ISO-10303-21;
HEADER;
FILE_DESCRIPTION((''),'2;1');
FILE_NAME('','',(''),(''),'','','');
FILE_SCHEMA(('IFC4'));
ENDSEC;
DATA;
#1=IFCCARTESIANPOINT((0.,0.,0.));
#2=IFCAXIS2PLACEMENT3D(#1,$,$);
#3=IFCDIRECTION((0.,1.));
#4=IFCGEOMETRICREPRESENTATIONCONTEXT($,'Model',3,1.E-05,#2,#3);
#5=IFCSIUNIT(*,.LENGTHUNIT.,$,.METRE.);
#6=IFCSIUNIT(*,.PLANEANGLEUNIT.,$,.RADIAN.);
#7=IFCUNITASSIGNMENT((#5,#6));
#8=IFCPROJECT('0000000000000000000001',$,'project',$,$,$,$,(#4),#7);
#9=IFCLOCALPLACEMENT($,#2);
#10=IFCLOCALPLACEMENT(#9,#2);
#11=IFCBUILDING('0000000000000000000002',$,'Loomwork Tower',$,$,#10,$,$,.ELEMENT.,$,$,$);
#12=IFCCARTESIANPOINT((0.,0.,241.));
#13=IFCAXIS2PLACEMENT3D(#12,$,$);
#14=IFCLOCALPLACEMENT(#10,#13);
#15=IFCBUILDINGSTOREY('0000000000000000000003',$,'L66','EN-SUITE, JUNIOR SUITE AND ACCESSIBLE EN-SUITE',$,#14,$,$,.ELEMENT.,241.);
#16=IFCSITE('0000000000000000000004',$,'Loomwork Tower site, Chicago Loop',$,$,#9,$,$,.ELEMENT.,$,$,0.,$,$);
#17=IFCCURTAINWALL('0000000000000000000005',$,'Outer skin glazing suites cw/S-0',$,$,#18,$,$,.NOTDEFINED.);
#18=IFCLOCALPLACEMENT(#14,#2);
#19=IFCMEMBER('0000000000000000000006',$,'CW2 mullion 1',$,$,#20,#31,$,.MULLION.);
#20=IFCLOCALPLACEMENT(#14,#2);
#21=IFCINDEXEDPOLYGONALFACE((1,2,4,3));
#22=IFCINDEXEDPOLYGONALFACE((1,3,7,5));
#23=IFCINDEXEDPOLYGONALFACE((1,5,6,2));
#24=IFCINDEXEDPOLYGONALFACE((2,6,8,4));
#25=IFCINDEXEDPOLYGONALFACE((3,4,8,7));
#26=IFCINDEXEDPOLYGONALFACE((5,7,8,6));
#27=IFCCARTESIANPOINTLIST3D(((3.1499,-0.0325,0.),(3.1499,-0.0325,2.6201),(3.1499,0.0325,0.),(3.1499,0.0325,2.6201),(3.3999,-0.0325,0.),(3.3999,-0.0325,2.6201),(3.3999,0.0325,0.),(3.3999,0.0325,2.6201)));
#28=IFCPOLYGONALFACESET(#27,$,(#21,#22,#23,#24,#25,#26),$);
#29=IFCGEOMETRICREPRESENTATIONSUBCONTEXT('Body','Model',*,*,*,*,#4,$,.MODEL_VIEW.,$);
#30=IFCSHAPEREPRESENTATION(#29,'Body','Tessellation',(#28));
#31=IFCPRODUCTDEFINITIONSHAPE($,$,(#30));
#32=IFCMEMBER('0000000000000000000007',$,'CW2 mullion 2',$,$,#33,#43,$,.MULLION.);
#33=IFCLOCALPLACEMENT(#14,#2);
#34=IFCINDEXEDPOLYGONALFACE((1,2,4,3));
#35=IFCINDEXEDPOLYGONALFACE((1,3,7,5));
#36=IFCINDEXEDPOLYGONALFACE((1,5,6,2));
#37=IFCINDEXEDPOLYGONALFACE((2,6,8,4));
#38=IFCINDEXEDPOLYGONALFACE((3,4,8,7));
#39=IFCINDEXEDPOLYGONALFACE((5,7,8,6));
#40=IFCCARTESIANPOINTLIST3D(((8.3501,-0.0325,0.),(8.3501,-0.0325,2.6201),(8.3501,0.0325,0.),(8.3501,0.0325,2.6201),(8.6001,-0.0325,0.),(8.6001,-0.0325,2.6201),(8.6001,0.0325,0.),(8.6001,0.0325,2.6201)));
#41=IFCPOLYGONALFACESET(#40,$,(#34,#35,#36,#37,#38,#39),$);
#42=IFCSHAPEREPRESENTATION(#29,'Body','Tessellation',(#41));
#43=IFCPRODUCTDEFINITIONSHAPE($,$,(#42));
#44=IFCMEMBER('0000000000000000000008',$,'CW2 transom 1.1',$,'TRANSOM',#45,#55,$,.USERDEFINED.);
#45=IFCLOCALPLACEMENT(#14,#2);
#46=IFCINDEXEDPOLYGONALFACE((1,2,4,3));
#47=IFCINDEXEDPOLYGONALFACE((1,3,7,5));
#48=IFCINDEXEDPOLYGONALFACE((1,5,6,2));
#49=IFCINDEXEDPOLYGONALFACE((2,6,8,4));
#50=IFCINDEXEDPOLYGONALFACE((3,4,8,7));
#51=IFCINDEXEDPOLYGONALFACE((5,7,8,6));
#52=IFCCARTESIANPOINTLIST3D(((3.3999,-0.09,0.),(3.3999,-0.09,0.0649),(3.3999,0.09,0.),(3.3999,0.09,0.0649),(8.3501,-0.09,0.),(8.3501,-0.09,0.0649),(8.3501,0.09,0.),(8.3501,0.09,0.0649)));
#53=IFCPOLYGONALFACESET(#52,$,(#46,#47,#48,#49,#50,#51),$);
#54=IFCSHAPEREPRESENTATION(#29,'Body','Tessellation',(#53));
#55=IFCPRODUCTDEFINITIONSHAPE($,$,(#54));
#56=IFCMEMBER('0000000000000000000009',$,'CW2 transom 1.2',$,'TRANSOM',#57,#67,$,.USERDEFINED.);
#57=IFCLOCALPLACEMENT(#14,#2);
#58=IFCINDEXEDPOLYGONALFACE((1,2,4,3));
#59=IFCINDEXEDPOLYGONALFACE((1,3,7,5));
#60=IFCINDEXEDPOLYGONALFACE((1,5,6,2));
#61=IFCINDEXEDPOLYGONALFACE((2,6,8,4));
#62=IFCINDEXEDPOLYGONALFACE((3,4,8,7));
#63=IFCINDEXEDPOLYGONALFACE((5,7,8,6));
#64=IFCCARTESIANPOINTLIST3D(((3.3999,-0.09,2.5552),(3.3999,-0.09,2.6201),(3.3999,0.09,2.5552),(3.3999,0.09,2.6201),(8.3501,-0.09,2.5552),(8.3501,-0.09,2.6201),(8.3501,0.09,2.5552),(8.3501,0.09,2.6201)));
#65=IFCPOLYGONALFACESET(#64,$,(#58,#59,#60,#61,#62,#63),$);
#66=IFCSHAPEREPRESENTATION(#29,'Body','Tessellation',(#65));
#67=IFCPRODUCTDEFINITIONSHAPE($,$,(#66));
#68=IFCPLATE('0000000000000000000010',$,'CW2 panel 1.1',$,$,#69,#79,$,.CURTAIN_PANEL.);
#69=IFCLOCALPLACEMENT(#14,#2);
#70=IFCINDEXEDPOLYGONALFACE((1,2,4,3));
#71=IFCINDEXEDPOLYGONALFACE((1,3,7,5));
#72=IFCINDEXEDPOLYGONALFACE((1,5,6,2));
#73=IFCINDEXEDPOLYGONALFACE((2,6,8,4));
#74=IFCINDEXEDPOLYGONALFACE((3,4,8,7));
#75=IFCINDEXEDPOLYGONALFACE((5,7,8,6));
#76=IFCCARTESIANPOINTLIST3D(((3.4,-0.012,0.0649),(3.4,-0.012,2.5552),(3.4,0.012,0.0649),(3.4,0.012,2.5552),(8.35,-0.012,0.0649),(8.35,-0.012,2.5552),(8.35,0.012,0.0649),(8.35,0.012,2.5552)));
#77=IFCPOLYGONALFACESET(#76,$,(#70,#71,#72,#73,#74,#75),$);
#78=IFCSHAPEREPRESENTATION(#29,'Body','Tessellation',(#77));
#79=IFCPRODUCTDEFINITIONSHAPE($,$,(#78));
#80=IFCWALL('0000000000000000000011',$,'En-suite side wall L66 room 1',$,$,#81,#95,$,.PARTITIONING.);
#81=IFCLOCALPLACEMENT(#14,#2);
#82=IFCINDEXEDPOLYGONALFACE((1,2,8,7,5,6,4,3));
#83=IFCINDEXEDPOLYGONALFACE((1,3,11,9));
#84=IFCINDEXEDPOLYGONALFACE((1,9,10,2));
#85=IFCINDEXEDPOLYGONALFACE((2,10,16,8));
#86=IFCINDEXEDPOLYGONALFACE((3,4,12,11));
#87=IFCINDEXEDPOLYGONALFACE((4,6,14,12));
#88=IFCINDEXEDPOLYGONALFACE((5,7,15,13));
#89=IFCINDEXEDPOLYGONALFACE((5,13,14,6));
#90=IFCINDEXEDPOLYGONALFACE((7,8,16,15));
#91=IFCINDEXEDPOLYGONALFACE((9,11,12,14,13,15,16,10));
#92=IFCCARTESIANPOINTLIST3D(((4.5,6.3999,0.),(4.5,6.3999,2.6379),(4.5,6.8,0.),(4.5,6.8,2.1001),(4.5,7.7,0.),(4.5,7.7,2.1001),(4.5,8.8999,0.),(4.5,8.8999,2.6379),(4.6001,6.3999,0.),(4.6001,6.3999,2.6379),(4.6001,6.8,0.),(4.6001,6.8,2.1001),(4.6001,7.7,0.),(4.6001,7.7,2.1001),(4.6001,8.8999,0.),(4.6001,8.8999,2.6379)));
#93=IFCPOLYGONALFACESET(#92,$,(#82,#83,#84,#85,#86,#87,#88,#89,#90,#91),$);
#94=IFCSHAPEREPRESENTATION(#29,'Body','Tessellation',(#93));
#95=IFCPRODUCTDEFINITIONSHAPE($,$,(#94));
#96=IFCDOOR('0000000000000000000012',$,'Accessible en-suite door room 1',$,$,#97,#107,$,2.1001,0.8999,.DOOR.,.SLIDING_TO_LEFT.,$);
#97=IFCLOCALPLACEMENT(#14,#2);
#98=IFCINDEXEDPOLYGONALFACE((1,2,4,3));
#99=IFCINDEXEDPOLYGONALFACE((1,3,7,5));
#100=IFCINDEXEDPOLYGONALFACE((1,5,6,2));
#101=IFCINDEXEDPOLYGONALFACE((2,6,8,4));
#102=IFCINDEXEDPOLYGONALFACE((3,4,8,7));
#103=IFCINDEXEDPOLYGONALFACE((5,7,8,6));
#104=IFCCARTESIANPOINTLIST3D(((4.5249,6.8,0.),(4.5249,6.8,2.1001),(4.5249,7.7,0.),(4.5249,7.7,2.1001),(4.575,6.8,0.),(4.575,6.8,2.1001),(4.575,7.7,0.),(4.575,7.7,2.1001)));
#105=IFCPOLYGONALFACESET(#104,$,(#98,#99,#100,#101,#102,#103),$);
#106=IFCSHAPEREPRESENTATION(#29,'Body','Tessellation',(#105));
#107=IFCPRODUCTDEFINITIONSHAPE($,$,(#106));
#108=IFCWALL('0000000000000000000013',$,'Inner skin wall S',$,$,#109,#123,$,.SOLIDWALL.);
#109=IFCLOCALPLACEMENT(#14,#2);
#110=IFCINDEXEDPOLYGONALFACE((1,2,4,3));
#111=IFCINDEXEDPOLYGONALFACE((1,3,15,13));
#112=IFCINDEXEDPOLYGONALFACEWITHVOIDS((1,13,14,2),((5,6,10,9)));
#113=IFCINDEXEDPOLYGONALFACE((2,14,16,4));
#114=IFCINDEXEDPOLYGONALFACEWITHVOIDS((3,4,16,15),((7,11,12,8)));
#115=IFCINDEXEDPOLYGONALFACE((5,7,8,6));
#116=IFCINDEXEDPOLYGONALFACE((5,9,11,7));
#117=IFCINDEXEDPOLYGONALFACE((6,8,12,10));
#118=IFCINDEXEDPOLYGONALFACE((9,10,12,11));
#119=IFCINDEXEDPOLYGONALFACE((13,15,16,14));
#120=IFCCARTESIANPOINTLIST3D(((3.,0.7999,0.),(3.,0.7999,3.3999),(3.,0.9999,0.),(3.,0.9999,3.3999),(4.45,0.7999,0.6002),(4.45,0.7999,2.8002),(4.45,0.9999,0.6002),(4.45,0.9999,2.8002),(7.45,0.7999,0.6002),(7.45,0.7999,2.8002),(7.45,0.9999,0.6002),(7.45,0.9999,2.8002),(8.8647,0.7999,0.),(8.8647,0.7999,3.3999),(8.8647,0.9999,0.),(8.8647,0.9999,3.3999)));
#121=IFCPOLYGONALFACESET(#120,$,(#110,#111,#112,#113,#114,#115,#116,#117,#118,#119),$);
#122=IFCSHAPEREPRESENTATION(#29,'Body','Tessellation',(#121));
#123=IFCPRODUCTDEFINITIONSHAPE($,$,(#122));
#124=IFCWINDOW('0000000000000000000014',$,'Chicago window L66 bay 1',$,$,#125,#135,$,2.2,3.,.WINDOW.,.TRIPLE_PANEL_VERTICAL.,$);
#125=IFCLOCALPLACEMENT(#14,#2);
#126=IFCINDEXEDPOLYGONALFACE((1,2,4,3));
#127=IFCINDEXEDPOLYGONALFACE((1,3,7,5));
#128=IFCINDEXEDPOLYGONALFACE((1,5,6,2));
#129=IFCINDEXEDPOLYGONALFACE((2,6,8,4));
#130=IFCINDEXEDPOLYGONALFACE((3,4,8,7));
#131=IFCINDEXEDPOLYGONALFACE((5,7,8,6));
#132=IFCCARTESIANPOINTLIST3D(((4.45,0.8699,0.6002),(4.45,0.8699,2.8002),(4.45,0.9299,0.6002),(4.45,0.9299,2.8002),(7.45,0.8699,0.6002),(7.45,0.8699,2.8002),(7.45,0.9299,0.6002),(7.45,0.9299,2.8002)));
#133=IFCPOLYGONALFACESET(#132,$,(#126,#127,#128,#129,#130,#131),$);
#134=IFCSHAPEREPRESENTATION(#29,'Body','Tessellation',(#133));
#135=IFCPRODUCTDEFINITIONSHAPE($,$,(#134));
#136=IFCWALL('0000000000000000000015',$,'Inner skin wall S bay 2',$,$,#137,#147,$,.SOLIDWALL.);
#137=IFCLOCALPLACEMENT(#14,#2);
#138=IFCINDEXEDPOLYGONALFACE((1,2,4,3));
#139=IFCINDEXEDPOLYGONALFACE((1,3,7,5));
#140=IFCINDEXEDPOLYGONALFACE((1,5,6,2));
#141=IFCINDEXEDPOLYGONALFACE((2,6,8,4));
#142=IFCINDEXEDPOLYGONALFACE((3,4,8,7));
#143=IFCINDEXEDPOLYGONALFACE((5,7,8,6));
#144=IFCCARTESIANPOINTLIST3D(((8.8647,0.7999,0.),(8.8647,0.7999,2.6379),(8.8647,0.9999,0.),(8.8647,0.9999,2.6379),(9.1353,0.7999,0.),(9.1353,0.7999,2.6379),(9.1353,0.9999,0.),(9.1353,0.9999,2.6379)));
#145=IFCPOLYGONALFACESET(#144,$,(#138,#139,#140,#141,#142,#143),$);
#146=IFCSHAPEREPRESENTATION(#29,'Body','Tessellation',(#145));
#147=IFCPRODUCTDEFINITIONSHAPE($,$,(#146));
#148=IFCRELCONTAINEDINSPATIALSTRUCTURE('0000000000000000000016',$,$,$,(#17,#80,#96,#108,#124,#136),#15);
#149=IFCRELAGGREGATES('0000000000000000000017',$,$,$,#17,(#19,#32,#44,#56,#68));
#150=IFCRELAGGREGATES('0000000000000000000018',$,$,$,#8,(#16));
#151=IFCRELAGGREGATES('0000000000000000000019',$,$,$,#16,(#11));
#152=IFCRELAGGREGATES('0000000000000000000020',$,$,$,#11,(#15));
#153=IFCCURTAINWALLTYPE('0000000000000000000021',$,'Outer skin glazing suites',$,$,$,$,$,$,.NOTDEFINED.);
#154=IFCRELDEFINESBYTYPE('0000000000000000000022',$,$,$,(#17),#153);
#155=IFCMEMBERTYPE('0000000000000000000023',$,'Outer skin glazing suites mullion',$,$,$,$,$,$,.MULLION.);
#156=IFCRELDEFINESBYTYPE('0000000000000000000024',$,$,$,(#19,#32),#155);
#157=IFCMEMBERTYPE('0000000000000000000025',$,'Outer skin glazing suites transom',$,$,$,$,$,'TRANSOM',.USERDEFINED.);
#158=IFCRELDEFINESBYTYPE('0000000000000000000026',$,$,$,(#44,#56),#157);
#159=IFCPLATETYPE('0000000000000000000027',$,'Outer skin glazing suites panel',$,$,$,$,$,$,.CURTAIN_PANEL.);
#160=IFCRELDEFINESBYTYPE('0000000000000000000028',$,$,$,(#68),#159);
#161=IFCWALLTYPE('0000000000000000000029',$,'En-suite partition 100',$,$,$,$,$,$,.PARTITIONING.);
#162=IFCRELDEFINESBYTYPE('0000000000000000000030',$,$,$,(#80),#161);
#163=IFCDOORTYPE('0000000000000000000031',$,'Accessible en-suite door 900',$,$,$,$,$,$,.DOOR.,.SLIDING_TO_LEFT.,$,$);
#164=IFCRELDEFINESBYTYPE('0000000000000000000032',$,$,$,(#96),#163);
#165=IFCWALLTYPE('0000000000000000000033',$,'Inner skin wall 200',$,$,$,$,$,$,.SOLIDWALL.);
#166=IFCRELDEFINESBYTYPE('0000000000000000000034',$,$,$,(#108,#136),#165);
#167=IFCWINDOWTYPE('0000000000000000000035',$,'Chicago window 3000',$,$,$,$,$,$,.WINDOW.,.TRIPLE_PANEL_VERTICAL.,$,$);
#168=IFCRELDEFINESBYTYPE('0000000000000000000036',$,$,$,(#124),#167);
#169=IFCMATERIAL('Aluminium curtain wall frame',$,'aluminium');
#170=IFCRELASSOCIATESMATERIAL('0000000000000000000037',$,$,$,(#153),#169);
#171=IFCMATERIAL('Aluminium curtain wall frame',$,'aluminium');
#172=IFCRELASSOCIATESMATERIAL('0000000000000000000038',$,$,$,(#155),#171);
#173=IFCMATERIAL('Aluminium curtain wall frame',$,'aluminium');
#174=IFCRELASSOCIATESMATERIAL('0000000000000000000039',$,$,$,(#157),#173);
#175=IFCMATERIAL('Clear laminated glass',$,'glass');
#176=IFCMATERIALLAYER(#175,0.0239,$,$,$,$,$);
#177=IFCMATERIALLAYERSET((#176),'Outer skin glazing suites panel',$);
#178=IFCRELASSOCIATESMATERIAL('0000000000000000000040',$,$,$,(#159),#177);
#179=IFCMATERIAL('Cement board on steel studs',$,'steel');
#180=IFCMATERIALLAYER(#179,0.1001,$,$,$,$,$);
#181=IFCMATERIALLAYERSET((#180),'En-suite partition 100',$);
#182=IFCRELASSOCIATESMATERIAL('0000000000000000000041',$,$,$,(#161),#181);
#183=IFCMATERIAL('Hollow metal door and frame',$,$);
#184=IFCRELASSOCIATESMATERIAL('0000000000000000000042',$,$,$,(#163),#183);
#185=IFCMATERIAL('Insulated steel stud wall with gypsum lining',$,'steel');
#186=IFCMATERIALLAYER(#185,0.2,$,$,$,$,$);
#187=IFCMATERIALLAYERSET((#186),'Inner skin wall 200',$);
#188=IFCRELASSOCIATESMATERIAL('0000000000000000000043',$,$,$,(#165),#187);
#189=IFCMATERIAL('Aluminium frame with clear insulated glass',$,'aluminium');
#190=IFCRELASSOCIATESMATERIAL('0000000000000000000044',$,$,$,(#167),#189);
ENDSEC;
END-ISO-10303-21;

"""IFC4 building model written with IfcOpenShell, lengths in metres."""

from ifc_helpers import new_model, si_unit, direction, frame, frame_2d, origin, origin_2d, place, context, subcontext, project, spatial, rectangle, extrude, material, layer, layer_set, material_profile, profile_set, type_object, element, fill, aggregate, save


model = new_model("IFC4")

# Units and contexts
model_context = context("Model", 3, precision=1e-05, world=origin(), true_north=direction((0.0, 1.0)))
body_context = subcontext(model_context, "Body", "Model", "MODEL_VIEW")
ifc_project = project(units=[si_unit("LENGTHUNIT", "METRE"), si_unit("PLANEANGLEUNIT", "RADIAN")], contexts=[model_context])

# Site, building, storey
site_placement = place(None, origin())
site = spatial("IfcSite", under=ifc_project, at=site_placement, Name="Loomwork Tower site, Chicago Loop", CompositionType="ELEMENT", RefElevation=0.0)
building_placement = place(site_placement, origin())
building = spatial("IfcBuilding", under=site, at=building_placement, Name="Loomwork Tower", CompositionType="ELEMENT")
storey_placement = place(building_placement, frame((0.0, 0.0, 241.0)))
storey = spatial("IfcBuildingStorey", under=building, at=storey_placement, Name="L66", Description="EN-SUITE, JUNIOR SUITE AND ACCESSIBLE EN-SUITE", CompositionType="ELEMENT", Elevation=241.0)

# Curtain wall, members, plate
ifc_material_1 = material(Name="Aluminium curtain wall frame", Category="aluminium")
curtain_wall_type = type_object("IfcCurtainWallType", Name="Outer skin glazing suites", PredefinedType="NOTDEFINED", material=ifc_material_1)
curtain_wall_placement = place(storey_placement, origin())
curtain_wall = element("IfcCurtainWall", 1, at=curtain_wall_placement, inside=storey, type_object=curtain_wall_type, Name="Outer skin glazing suites cw/S-0", PredefinedType="NOTDEFINED")
ifc_material_2 = material(Name="Aluminium curtain wall frame", Category="aluminium")
ifc_material_profile_1 = material_profile(ifc_material_2, rectangle(XDim=0.0649, YDim=0.25, at=origin_2d()), Name="AL 65x250")
ifc_profile_set_1 = profile_set([ifc_material_profile_1], Name="Aluminium curtain wall frame")
member_type_1 = type_object("IfcMemberType", Name="Outer skin glazing suites mullion", PredefinedType="MULLION", material=ifc_profile_set_1)
member_1_placement = place(storey_placement, frame((3.2749, 0.0, 0.0), z_axis=(0.0, 0.0, 1.0), x_axis=(0.0, 1.0, 0.0)))
member_1 = element("IfcMember", 2, at=member_1_placement, type_object=member_type_1, Name="CW2 mullion 1", PredefinedType="MULLION", context=body_context, shape_type="SweptSolid", body=[
    extrude(rectangle(XDim=0.0649, YDim=0.25, at=origin_2d()), origin(), (0.0, 0.0, 1.0), 2.6201),
])
member_2_placement = place(storey_placement, frame((8.4751, 0.0, 0.0), z_axis=(0.0, 0.0, 1.0), x_axis=(0.0, 1.0, 0.0)))
member_2 = element("IfcMember", 3, at=member_2_placement, type_object=member_type_1, Name="CW2 mullion 2", PredefinedType="MULLION", context=body_context, shape_type="SweptSolid", body=[
    extrude(rectangle(XDim=0.0649, YDim=0.25, at=origin_2d()), origin(), (0.0, 0.0, 1.0), 2.6201),
])
ifc_material_3 = material(Name="Aluminium curtain wall frame", Category="aluminium")
ifc_material_profile_2 = material_profile(ifc_material_3, rectangle(XDim=0.1799, YDim=0.0649, at=origin_2d()), Name="AL 65x180")
ifc_profile_set_2 = profile_set([ifc_material_profile_2], Name="Aluminium curtain wall frame")
member_type_2 = type_object("IfcMemberType", Name="Outer skin glazing suites transom", ElementType="TRANSOM", PredefinedType="USERDEFINED", material=ifc_profile_set_2)
member_3_placement = place(storey_placement, frame((3.3999, 0.0, 0.0325), z_axis=(1.0, 0.0, 0.0), x_axis=(0.0, 1.0, 0.0)))
member_3 = element("IfcMember", 4, at=member_3_placement, type_object=member_type_2, Name="CW2 transom 1.1", ObjectType="TRANSOM", PredefinedType="USERDEFINED", context=body_context, shape_type="SweptSolid", body=[
    extrude(rectangle(XDim=0.1799, YDim=0.0649, at=origin_2d()), origin(), (0.0, 0.0, 1.0), 4.9502),
])
member_4_placement = place(storey_placement, frame((3.3999, 0.0, 2.5876), z_axis=(1.0, 0.0, 0.0), x_axis=(0.0, 1.0, 0.0)))
member_4 = element("IfcMember", 5, at=member_4_placement, type_object=member_type_2, Name="CW2 transom 1.2", ObjectType="TRANSOM", PredefinedType="USERDEFINED", context=body_context, shape_type="SweptSolid", body=[
    extrude(rectangle(XDim=0.1799, YDim=0.0649, at=origin_2d()), origin(), (0.0, 0.0, 1.0), 4.9502),
])
ifc_material_4 = material(Name="Clear laminated glass", Category="glass")
ifc_layer_1 = layer(ifc_material_4, 0.0239)
ifc_layer_set_1 = layer_set([ifc_layer_1], Name="Outer skin glazing suites panel")
plate_type = type_object("IfcPlateType", Name="Outer skin glazing suites panel", PredefinedType="CURTAIN_PANEL", material=ifc_layer_set_1)
plate_placement = place(storey_placement, frame((5.875, 0.0, 0.0649), z_axis=(0.0, 0.0, 1.0), x_axis=(1.0, 0.0, 0.0)))
plate = element("IfcPlate", 6, at=plate_placement, type_object=plate_type, Name="CW2 panel 1.1", PredefinedType="CURTAIN_PANEL", context=body_context, shape_type="SweptSolid", body=[
    extrude(rectangle(XDim=4.95, YDim=0.0239, at=origin_2d()), origin(), (0.0, 0.0, 1.0), 2.4902),
])
aggregate(curtain_wall, [member_1, member_2, member_3, member_4, plate])

# Wall, opening, door
ifc_material_5 = material(Name="Cement board on steel studs", Category="steel")
ifc_layer_2 = layer(ifc_material_5, 0.1001)
ifc_layer_set_2 = layer_set([ifc_layer_2], Name="En-suite partition 100")
wall_type_1 = type_object("IfcWallType", Name="En-suite partition 100", PredefinedType="PARTITIONING", material=ifc_layer_set_2)
wall_1_placement = place(storey_placement, frame((4.55, 8.8999, 0.0), z_axis=(0.0, 0.0, 1.0), x_axis=(0.0, -1.0, 0.0)))
wall_1 = element("IfcWall", 7, at=wall_1_placement, inside=storey, type_object=wall_type_1, Name="En-suite side wall L66 room 1", PredefinedType="PARTITIONING", context=body_context, shape_type="SweptSolid", body=[
    extrude(rectangle(XDim=2.5, YDim=0.1001, at=frame_2d((1.25, 0.0))), origin(), (0.0, 0.0, 1.0), 2.6379),
])
opening_1_placement = place(wall_1_placement, frame((1.2, 0.0, 0.0)))
opening_1 = element("IfcOpeningElement", 8, at=opening_1_placement, cuts=wall_1, PredefinedType="OPENING", context=body_context, shape_type="SweptSolid", body=[
    extrude(rectangle(XDim=0.8999, YDim=2.1001, at=frame_2d((0.45, 1.05))), frame((0.0, 0.0601, 0.0), z_axis=(0.0, -1.0, 0.0), x_axis=(1.0, 0.0, 0.0)), (0.0, 0.0, 1.0), 0.1201),
])
ifc_material_6 = material(Name="Hollow metal door and frame")
door_type = type_object("IfcDoorType", Name="Accessible en-suite door 900", OperationType="SLIDING_TO_LEFT", PredefinedType="DOOR", material=ifc_material_6)
door_placement = place(opening_1_placement, origin())
door = element("IfcDoor", 9, at=door_placement, inside=storey, type_object=door_type, Name="Accessible en-suite door room 1", OperationType="SLIDING_TO_LEFT", OverallHeight=2.1001, OverallWidth=0.8999, PredefinedType="DOOR", context=body_context, shape_type="SweptSolid", body=[
    extrude(rectangle(XDim=0.8999, YDim=2.1001, at=frame_2d((0.45, 1.05))), frame((0.0, 0.0249, 0.0), z_axis=(0.0, -1.0, 0.0), x_axis=(1.0, 0.0, 0.0)), (0.0, 0.0, 1.0), 0.05),
])
fill(opening_1, door)

# Wall, opening, window
ifc_material_7 = material(Name="Insulated steel stud wall with gypsum lining", Category="steel")
ifc_layer_3 = layer(ifc_material_7, 0.2)
ifc_layer_set_3 = layer_set([ifc_layer_3], Name="Inner skin wall 200")
wall_type_2 = type_object("IfcWallType", Name="Inner skin wall 200", PredefinedType="SOLIDWALL", material=ifc_layer_set_3)
wall_2_placement = place(storey_placement, frame((3.0, 0.8999, 0.0), z_axis=(0.0, 0.0, 1.0), x_axis=(1.0, 0.0, 0.0)))
wall_2 = element("IfcWall", 10, at=wall_2_placement, inside=storey, type_object=wall_type_2, Name="Inner skin wall S", PredefinedType="SOLIDWALL", context=body_context, shape_type="SweptSolid", body=[
    extrude(rectangle(XDim=5.8647, YDim=0.2, at=frame_2d((2.9324, 0.0))), origin(), (0.0, 0.0, 1.0), 3.3999),
])
opening_2_placement = place(wall_2_placement, frame((1.45, 0.0, 0.6001)))
opening_2 = element("IfcOpeningElement", 11, at=opening_2_placement, cuts=wall_2, PredefinedType="OPENING", context=body_context, shape_type="SweptSolid", body=[
    extrude(rectangle(XDim=3.0, YDim=2.2, at=frame_2d((1.5, 1.1001))), frame((0.0, 0.1099, 0.0), z_axis=(0.0, -1.0, 0.0), x_axis=(1.0, 0.0, 0.0)), (0.0, 0.0, 1.0), 0.22),
])
ifc_material_8 = material(Name="Aluminium frame with clear insulated glass", Category="aluminium")
window_type_1 = type_object("IfcWindowType", Name="Chicago window 3000", PartitioningType="TRIPLE_PANEL_VERTICAL", PredefinedType="WINDOW", material=ifc_material_8)
window_1_placement = place(opening_2_placement, origin())
window_1 = element("IfcWindow", 12, at=window_1_placement, inside=storey, type_object=window_type_1, Name="Chicago window L66 bay 1", OverallHeight=2.2, OverallWidth=3.0, PartitioningType="TRIPLE_PANEL_VERTICAL", PredefinedType="WINDOW", context=body_context, shape_type="SweptSolid", body=[
    extrude(rectangle(XDim=3.0, YDim=2.2, at=frame_2d((1.5, 1.1001))), frame((0.0, 0.03, 0.0), z_axis=(0.0, -1.0, 0.0), x_axis=(1.0, 0.0, 0.0)), (0.0, 0.0, 1.0), 0.0601),
])
fill(opening_2, window_1)

# Wall
wall_3_placement = place(storey_placement, frame((8.8647, 0.8999, 0.0), z_axis=(0.0, 0.0, 1.0), x_axis=(1.0, 0.0, 0.0)))
element("IfcWall", 13, at=wall_3_placement, inside=storey, type_object=wall_type_2, Name="Inner skin wall S bay 2", PredefinedType="SOLIDWALL", context=body_context, shape_type="SweptSolid", body=[
    extrude(rectangle(XDim=0.2705, YDim=0.2, at=frame_2d((0.1353, 0.0))), origin(), (0.0, 0.0, 1.0), 2.6379),
])

save(model, "model.ifc")
